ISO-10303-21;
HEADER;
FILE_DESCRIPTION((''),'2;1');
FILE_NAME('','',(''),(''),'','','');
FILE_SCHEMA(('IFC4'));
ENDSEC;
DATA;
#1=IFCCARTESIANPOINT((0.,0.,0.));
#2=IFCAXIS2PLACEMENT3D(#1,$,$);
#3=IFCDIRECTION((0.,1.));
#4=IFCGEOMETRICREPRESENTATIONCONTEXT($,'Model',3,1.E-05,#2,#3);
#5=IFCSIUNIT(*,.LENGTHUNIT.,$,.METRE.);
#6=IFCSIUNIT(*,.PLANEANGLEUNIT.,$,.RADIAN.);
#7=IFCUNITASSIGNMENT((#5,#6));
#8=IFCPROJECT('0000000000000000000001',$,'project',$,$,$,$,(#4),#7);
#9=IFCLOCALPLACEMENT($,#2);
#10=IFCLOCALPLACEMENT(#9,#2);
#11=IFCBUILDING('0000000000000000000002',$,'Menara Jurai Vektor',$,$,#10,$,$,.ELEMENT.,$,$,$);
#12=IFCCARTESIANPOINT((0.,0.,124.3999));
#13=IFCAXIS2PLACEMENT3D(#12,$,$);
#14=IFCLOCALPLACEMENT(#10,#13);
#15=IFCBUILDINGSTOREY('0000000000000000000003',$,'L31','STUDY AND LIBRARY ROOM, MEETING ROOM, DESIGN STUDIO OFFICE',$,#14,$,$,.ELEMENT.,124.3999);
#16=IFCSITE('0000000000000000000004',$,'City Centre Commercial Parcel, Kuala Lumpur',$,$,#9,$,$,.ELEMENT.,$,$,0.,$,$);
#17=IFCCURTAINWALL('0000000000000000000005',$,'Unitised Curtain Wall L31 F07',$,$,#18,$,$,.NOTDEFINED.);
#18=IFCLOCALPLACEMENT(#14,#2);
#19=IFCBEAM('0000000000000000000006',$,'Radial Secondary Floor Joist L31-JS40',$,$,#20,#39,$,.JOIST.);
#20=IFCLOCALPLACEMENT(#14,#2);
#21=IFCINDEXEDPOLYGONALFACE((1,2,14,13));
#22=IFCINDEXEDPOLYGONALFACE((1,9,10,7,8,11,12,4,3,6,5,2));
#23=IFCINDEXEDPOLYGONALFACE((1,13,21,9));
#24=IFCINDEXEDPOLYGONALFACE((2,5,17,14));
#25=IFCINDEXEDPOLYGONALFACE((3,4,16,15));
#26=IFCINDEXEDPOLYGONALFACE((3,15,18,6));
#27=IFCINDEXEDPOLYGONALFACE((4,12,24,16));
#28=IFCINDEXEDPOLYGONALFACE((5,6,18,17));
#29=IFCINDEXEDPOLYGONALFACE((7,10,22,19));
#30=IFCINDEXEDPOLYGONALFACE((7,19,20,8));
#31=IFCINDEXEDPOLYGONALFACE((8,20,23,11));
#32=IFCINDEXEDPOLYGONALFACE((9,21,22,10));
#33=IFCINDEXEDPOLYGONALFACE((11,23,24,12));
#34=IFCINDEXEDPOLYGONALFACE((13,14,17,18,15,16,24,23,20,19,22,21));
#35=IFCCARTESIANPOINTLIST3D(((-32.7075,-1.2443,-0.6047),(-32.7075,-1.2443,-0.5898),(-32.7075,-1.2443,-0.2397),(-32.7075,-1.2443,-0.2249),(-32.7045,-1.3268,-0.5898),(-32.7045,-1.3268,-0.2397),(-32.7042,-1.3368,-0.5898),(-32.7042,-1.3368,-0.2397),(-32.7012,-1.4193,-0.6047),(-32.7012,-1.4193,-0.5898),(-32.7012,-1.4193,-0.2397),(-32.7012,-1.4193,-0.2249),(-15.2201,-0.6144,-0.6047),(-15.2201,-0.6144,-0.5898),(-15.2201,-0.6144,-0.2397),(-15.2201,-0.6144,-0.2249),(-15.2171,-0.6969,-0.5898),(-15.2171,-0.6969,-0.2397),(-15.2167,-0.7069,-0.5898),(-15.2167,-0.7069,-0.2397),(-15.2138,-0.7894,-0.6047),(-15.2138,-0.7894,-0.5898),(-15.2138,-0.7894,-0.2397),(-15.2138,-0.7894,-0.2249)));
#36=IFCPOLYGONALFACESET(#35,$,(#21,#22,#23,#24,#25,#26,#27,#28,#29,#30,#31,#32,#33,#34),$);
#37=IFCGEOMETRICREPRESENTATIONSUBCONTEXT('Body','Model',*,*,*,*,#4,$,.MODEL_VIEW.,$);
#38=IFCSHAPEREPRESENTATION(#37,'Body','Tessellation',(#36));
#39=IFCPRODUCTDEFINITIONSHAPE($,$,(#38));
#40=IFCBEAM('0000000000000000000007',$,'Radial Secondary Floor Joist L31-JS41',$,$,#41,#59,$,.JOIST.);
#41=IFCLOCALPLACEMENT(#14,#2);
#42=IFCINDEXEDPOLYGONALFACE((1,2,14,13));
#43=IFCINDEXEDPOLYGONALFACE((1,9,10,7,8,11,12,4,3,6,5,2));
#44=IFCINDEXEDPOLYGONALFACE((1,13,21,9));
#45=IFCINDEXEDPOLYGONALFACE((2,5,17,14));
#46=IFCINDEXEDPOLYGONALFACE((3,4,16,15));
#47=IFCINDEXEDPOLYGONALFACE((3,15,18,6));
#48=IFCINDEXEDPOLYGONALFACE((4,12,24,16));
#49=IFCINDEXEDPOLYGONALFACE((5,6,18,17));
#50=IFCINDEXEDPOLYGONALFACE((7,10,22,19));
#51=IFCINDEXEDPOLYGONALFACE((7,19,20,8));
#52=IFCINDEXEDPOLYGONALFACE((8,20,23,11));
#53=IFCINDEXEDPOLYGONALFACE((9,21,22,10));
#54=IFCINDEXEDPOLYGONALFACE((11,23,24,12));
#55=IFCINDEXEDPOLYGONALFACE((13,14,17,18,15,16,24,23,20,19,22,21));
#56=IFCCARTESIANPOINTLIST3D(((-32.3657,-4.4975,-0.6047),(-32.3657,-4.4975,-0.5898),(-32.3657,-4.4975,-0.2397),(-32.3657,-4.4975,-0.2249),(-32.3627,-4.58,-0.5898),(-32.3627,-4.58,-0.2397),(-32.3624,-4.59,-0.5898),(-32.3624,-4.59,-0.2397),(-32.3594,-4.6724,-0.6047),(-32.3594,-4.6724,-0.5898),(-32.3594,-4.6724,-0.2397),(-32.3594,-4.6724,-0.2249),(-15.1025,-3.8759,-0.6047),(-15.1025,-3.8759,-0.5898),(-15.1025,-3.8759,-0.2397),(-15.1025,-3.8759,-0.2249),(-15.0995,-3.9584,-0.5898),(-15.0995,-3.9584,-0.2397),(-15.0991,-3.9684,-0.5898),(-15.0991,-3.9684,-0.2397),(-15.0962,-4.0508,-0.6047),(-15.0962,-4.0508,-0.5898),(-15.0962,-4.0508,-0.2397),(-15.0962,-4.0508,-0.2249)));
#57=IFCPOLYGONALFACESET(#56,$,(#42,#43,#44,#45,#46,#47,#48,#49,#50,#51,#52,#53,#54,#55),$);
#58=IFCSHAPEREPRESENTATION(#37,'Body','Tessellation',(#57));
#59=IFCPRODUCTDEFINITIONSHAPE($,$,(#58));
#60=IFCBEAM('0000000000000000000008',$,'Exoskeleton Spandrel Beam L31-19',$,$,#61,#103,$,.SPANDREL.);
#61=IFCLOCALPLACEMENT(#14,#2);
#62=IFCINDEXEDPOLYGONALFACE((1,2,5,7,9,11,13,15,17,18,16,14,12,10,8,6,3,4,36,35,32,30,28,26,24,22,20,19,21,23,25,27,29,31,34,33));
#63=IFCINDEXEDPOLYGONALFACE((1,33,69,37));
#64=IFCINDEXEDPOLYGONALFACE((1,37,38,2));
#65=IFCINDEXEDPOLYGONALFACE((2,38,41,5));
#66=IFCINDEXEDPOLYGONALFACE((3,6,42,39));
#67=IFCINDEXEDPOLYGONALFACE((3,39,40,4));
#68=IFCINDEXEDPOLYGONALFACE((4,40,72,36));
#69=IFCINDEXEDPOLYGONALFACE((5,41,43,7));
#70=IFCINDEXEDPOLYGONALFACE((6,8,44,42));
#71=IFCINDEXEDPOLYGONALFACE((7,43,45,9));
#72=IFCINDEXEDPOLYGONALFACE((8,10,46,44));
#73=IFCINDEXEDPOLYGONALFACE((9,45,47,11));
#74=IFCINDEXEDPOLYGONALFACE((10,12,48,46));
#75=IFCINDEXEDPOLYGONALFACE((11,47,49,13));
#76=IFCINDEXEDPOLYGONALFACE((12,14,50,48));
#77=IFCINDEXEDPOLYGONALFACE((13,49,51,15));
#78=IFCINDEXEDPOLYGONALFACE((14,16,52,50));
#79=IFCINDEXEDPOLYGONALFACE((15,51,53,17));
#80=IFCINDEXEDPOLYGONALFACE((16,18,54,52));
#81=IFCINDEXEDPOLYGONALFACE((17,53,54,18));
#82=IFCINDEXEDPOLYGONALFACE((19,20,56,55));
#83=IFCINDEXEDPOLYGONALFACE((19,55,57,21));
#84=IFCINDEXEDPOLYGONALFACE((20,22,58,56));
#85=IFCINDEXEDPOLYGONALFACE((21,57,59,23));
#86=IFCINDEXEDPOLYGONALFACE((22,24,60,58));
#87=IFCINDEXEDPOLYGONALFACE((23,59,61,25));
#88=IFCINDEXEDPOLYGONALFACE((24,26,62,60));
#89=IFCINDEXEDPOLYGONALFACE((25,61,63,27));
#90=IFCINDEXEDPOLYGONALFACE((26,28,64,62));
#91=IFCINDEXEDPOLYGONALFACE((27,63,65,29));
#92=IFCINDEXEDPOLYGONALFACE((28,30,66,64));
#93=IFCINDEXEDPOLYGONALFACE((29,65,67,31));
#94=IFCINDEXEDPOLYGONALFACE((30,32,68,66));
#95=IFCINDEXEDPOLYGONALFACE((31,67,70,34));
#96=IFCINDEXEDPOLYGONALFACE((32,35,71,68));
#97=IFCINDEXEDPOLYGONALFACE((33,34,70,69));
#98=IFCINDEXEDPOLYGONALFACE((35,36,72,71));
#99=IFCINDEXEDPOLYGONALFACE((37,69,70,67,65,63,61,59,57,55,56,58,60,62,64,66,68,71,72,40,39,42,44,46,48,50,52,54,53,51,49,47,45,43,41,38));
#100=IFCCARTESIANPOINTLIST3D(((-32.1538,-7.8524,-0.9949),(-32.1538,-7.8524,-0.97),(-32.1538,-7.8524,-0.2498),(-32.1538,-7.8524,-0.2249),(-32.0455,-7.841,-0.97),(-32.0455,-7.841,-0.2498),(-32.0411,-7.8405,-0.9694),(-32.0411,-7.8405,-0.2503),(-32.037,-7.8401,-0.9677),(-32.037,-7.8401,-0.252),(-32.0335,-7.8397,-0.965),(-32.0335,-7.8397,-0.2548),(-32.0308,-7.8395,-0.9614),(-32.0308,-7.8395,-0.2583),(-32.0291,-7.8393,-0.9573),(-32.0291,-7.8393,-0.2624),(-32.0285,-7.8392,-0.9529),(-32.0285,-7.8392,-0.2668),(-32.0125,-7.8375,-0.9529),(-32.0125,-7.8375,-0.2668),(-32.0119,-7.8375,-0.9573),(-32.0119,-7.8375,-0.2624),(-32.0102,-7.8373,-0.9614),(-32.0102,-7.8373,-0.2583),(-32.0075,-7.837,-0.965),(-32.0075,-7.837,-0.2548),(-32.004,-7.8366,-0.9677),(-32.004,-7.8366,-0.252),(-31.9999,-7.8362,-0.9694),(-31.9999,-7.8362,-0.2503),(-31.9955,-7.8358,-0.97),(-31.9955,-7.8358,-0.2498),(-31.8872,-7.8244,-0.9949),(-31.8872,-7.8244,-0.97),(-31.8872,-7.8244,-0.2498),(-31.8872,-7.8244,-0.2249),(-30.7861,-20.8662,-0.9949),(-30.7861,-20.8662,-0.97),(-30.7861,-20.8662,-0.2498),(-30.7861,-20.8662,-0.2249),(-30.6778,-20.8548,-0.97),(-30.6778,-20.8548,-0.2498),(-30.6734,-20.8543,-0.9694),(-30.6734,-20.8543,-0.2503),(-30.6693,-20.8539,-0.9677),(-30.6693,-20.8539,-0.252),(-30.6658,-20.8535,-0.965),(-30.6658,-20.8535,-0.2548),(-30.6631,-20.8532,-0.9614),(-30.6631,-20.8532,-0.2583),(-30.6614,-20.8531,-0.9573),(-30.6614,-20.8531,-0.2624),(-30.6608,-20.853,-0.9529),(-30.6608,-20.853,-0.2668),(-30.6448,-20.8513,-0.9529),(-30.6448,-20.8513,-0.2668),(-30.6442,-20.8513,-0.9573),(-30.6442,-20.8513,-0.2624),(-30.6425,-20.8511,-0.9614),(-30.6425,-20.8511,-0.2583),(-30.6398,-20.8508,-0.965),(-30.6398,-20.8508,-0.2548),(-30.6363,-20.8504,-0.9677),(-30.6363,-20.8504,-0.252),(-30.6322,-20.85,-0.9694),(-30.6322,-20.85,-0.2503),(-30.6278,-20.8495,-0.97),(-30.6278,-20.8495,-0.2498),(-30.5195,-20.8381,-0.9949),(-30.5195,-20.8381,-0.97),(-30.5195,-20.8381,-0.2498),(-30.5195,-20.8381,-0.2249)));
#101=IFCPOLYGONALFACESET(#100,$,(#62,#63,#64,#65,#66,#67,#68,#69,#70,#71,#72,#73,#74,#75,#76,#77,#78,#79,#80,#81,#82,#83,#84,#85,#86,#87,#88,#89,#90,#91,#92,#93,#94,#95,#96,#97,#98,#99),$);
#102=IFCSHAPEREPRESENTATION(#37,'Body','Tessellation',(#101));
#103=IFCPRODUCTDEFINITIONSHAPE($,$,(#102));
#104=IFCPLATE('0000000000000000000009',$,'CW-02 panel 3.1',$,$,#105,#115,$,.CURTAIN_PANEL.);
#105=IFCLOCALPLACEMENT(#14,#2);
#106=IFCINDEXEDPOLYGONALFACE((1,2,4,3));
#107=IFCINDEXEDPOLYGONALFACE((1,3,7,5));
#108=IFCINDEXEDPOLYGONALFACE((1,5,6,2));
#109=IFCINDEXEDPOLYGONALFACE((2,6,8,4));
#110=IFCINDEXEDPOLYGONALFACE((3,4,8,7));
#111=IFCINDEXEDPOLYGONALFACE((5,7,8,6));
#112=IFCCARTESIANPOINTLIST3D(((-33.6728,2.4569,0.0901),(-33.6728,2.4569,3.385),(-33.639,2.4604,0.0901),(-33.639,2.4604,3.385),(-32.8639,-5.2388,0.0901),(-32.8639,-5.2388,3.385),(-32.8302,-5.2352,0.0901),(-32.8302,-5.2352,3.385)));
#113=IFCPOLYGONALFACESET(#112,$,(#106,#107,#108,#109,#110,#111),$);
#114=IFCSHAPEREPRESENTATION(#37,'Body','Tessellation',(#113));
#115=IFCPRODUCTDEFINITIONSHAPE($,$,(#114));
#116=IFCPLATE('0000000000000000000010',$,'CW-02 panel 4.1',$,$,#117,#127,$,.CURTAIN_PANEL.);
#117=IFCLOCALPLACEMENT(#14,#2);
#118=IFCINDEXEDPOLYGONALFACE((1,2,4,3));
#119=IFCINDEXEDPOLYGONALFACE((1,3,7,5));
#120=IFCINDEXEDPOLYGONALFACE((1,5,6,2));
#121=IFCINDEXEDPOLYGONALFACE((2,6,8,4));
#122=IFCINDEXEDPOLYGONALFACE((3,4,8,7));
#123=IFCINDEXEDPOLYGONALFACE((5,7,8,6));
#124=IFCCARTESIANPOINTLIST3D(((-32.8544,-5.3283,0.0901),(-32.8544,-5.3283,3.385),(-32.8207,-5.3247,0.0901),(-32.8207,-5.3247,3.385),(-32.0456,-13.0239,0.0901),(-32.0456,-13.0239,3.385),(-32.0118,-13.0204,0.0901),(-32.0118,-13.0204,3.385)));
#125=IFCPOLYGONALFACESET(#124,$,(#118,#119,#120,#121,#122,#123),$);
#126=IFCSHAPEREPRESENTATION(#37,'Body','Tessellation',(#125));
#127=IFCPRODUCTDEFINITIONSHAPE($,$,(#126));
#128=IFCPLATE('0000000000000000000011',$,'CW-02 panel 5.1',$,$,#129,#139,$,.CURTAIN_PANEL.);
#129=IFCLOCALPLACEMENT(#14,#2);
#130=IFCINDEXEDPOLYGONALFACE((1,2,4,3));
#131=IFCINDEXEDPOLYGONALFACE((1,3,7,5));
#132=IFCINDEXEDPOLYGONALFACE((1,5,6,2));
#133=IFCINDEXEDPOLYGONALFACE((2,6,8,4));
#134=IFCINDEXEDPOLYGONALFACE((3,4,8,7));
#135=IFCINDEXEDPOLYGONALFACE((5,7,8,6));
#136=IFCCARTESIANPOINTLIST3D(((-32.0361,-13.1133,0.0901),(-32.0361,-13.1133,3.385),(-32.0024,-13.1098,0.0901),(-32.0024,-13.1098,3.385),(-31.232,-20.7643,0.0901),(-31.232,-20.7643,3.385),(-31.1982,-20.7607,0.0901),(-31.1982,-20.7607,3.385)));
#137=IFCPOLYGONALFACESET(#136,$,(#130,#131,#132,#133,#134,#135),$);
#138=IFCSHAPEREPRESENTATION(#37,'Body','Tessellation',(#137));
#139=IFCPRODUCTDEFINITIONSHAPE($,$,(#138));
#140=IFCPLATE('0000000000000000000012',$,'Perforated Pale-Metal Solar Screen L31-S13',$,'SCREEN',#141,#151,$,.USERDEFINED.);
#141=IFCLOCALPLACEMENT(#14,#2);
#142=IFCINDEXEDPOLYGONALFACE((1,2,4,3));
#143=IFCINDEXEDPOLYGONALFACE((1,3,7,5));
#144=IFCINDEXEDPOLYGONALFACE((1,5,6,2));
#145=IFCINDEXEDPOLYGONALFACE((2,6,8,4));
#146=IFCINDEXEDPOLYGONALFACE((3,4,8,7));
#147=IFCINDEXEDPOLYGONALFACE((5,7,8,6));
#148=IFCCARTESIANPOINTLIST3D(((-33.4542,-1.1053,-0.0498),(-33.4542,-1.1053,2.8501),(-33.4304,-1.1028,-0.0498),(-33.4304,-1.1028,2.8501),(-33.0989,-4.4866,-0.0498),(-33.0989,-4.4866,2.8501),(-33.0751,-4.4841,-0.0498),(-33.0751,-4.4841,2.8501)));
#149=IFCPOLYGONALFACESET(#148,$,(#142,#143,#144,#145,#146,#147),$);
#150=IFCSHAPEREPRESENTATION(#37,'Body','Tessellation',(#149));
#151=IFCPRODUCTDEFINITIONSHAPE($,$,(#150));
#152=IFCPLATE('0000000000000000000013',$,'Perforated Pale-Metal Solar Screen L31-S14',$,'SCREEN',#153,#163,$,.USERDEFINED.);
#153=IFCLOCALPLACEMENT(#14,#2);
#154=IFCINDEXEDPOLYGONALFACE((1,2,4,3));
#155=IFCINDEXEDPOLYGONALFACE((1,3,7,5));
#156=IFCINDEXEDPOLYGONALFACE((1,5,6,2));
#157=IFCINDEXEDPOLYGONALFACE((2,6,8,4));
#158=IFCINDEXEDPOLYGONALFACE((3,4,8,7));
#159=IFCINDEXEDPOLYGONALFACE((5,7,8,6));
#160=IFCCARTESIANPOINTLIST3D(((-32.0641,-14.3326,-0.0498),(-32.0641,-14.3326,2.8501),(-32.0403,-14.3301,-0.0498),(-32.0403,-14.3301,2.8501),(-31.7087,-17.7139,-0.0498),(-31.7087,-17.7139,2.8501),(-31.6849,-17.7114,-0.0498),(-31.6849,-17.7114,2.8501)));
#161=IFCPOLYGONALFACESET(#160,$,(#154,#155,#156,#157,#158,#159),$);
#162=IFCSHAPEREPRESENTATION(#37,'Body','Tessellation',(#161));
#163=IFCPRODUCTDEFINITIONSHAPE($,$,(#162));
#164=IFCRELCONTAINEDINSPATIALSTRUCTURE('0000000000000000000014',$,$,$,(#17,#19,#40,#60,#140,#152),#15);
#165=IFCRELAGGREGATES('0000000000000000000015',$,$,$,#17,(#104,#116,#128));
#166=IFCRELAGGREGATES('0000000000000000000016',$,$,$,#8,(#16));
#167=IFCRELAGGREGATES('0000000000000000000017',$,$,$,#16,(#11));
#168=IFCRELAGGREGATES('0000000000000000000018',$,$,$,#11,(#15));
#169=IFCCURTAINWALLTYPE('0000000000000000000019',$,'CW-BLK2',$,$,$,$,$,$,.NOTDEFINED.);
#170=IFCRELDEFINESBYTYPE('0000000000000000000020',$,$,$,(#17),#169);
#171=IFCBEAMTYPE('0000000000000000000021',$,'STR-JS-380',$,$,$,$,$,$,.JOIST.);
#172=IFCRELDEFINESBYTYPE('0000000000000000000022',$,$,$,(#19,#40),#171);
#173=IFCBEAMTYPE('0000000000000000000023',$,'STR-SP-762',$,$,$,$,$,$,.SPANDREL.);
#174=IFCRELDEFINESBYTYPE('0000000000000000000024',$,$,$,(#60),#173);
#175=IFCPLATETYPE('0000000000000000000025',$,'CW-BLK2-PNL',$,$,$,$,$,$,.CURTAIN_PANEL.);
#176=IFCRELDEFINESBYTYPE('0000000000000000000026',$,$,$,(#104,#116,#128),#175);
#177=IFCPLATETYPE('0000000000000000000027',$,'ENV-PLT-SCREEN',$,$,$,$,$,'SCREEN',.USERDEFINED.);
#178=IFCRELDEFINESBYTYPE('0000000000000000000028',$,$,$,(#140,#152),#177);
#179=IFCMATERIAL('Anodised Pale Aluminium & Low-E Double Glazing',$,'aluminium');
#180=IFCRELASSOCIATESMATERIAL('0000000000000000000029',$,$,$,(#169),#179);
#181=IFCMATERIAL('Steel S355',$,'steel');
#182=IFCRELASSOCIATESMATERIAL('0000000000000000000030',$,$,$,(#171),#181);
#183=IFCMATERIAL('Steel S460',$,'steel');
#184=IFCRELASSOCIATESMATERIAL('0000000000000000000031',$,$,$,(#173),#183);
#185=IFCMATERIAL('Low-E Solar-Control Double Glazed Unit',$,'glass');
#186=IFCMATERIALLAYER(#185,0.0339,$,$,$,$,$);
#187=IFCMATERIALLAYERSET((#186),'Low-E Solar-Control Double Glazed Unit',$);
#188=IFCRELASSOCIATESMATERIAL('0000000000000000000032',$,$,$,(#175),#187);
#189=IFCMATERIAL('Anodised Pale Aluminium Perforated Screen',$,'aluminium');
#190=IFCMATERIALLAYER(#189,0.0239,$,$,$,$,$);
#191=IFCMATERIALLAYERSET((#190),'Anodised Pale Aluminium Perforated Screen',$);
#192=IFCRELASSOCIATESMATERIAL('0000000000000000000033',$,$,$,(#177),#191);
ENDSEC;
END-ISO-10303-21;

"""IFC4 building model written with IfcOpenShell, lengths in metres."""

from ifc_helpers import new_model, si_unit, direction, frame, origin, origin_2d, place, context, subcontext, project, spatial, rectangle, i_section, extrude, material, layer, layer_set, material_profile, profile_set, type_object, element, aggregate, save


model = new_model("IFC4")

# Units and contexts
model_context = context("Model", 3, precision=1e-05, world=origin(), true_north=direction((0.0, 1.0)))
body_context = subcontext(model_context, "Body", "Model", "MODEL_VIEW")
ifc_project = project(units=[si_unit("LENGTHUNIT", "METRE"), si_unit("PLANEANGLEUNIT", "RADIAN")], contexts=[model_context])

# Site, building, storey
site_placement = place(None, origin())
site = spatial("IfcSite", under=ifc_project, at=site_placement, Name="City Centre Commercial Parcel, Kuala Lumpur", CompositionType="ELEMENT", RefElevation=0.0)
building_placement = place(site_placement, origin())
building = spatial("IfcBuilding", under=site, at=building_placement, Name="Menara Jurai Vektor", CompositionType="ELEMENT")
storey_placement = place(building_placement, frame((0.0, 0.0, 124.3999)))
storey = spatial("IfcBuildingStorey", under=building, at=storey_placement, Name="L31", Description="STUDY AND LIBRARY ROOM, MEETING ROOM, DESIGN STUDIO OFFICE", CompositionType="ELEMENT", Elevation=124.3999)

# Shared definitions
ifc_material_1 = material(Name="Steel S460", Category="steel")

# Curtain wall
ifc_material_2 = material(Name="Anodised Pale Aluminium & Low-E Double Glazing", Category="aluminium")
curtain_wall_type = type_object("IfcCurtainWallType", Name="CW-BLK2", PredefinedType="NOTDEFINED", material=ifc_material_2)
curtain_wall_placement = place(storey_placement, origin())
curtain_wall = element("IfcCurtainWall", 1, at=curtain_wall_placement, inside=storey, type_object=curtain_wall_type, Name="Unitised Curtain Wall L31 F07", PredefinedType="NOTDEFINED")

# Beams
ifc_material_3 = material(Name="Steel S355", Category="steel")
ifc_material_profile_1 = material_profile(ifc_material_3, i_section(OverallWidth=0.175, OverallDepth=0.3799, WebThickness=0.01, FlangeThickness=0.0149, at=origin_2d()), Name="PG 380x175x58")
ifc_profile_set_1 = profile_set([ifc_material_profile_1], Name="Steel S355")
beam_type_1 = type_object("IfcBeamType", Name="STR-JS-380", PredefinedType="JOIST", material=ifc_profile_set_1)
beam_1_placement = place(storey_placement, frame((-32.7043, -1.3318, -0.4148), z_axis=(0.999352, 0.035996, 0.0), x_axis=(-0.035996, 0.999352, 0.0)))
element("IfcBeam", 2, at=beam_1_placement, inside=storey, type_object=beam_type_1, Name="Radial Secondary Floor Joist L31-JS40", PredefinedType="JOIST", context=body_context, shape_type="SweptSolid", body=[
    extrude(i_section(OverallWidth=0.175, OverallDepth=0.3799, WebThickness=0.01, FlangeThickness=0.0149, at=origin_2d()), origin(), (0.0, 0.0, 1.0), 17.4988),
])
beam_2_placement = place(storey_placement, frame((-32.3625, -4.585, -0.4148), z_axis=(0.999352, 0.035983, 0.0), x_axis=(-0.035983, 0.999352, 0.0)))
element("IfcBeam", 3, at=beam_2_placement, inside=storey, type_object=beam_type_1, Name="Radial Secondary Floor Joist L31-JS41", PredefinedType="JOIST", context=body_context, shape_type="SweptSolid", body=[
    extrude(i_section(OverallWidth=0.175, OverallDepth=0.3799, WebThickness=0.01, FlangeThickness=0.0149, at=origin_2d()), origin(), (0.0, 0.0, 1.0), 17.2744),
])
ifc_material_profile_2 = material_profile(ifc_material_1, i_section(OverallWidth=0.2681, OverallDepth=0.77, WebThickness=0.0161, FlangeThickness=0.0249, FilletRadius=0.0171, at=origin_2d()), Name="UKB 762x267x197")
ifc_profile_set_2 = profile_set([ifc_material_profile_2], Name="Steel S460")
beam_type_2 = type_object("IfcBeamType", Name="STR-SP-762", PredefinedType="SPANDREL", material=ifc_profile_set_2)
beam_3_placement = place(storey_placement, frame((-32.0205, -7.8384, -0.6099), z_axis=(0.10452, -0.994523, 0.0), x_axis=(0.994523, 0.10452, 0.0)))
element("IfcBeam", 4, at=beam_3_placement, inside=storey, type_object=beam_type_2, Name="Exoskeleton Spandrel Beam L31-19", PredefinedType="SPANDREL", context=body_context, shape_type="SweptSolid", body=[
    extrude(i_section(OverallWidth=0.2681, OverallDepth=0.77, WebThickness=0.0161, FlangeThickness=0.0249, FilletRadius=0.0171, at=origin_2d()), origin(), (0.0, 0.0, 1.0), 13.0854),
])

# Plates
ifc_material_4 = material(Name="Low-E Solar-Control Double Glazed Unit", Category="glass")
ifc_layer_1 = layer(ifc_material_4, 0.0339)
ifc_layer_set_1 = layer_set([ifc_layer_1], Name="Low-E Solar-Control Double Glazed Unit")
plate_type_1 = type_object("IfcPlateType", Name="CW-BLK2-PNL", PredefinedType="CURTAIN_PANEL", material=ifc_layer_set_1)
plate_1_placement = place(storey_placement, frame((-33.2515, -1.3892, 0.0901), z_axis=(0.0, 0.0, 1.0), x_axis=(0.10453, -0.994522, 0.0)))
plate_1 = element("IfcPlate", 5, at=plate_1_placement, type_object=plate_type_1, Name="CW-02 panel 3.1", PredefinedType="CURTAIN_PANEL", context=body_context, shape_type="SweptSolid", body=[
    extrude(rectangle(XDim=7.738, YDim=0.0339, at=origin_2d()), origin(), (0.0, 0.0, 1.0), 3.2949),
])
plate_2_placement = place(storey_placement, frame((-32.4331, -9.1743, 0.0901), z_axis=(0.0, 0.0, 1.0), x_axis=(0.10453, -0.994522, 0.0)))
plate_2 = element("IfcPlate", 6, at=plate_2_placement, type_object=plate_type_1, Name="CW-02 panel 4.1", PredefinedType="CURTAIN_PANEL", context=body_context, shape_type="SweptSolid", body=[
    extrude(rectangle(XDim=7.738, YDim=0.0339, at=origin_2d()), origin(), (0.0, 0.0, 1.0), 3.2949),
])
plate_3_placement = place(storey_placement, frame((-31.6172, -16.937, 0.0901), z_axis=(0.0, 0.0, 1.0), x_axis=(0.10453, -0.994522, 0.0)))
plate_3 = element("IfcPlate", 7, at=plate_3_placement, type_object=plate_type_1, Name="CW-02 panel 5.1", PredefinedType="CURTAIN_PANEL", context=body_context, shape_type="SweptSolid", body=[
    extrude(rectangle(XDim=7.6931, YDim=0.0339, at=origin_2d()), origin(), (0.0, 0.0, 1.0), 3.2949),
])
aggregate(curtain_wall, [plate_1, plate_2, plate_3])

# Plates
ifc_material_5 = material(Name="Anodised Pale Aluminium Perforated Screen", Category="aluminium")
ifc_layer_2 = layer(ifc_material_5, 0.0239)
ifc_layer_set_2 = layer_set([ifc_layer_2], Name="Anodised Pale Aluminium Perforated Screen")
plate_type_2 = type_object("IfcPlateType", Name="ENV-PLT-SCREEN", ElementType="SCREEN", PredefinedType="USERDEFINED", material=ifc_layer_set_2)
for number, where, z_axis, x_axis, name in (
    (8, (-33.2646, -2.7947, -0.0498), (0.0, 0.0, 1.0), (0.104528, -0.994522, 0.0), "Perforated Pale-Metal Solar Screen L31-S13"),
    (9, (-31.8745, -16.022, -0.0498), (0.0, 0.0, 1.0), (0.104528, -0.994522, 0.0), "Perforated Pale-Metal Solar Screen L31-S14"),
):
    element("IfcPlate", number, at=place(storey_placement, frame(where, z_axis=z_axis, x_axis=x_axis)), inside=storey, type_object=plate_type_2, Name=name, ObjectType="SCREEN", PredefinedType="USERDEFINED", context=body_context, shape_type="SweptSolid", body=[
        extrude(rectangle(XDim=3.3999, YDim=0.0239, at=origin_2d()), origin(), (0.0, 0.0, 1.0), 2.8999),
    ])

save(model, "model.ifc")
